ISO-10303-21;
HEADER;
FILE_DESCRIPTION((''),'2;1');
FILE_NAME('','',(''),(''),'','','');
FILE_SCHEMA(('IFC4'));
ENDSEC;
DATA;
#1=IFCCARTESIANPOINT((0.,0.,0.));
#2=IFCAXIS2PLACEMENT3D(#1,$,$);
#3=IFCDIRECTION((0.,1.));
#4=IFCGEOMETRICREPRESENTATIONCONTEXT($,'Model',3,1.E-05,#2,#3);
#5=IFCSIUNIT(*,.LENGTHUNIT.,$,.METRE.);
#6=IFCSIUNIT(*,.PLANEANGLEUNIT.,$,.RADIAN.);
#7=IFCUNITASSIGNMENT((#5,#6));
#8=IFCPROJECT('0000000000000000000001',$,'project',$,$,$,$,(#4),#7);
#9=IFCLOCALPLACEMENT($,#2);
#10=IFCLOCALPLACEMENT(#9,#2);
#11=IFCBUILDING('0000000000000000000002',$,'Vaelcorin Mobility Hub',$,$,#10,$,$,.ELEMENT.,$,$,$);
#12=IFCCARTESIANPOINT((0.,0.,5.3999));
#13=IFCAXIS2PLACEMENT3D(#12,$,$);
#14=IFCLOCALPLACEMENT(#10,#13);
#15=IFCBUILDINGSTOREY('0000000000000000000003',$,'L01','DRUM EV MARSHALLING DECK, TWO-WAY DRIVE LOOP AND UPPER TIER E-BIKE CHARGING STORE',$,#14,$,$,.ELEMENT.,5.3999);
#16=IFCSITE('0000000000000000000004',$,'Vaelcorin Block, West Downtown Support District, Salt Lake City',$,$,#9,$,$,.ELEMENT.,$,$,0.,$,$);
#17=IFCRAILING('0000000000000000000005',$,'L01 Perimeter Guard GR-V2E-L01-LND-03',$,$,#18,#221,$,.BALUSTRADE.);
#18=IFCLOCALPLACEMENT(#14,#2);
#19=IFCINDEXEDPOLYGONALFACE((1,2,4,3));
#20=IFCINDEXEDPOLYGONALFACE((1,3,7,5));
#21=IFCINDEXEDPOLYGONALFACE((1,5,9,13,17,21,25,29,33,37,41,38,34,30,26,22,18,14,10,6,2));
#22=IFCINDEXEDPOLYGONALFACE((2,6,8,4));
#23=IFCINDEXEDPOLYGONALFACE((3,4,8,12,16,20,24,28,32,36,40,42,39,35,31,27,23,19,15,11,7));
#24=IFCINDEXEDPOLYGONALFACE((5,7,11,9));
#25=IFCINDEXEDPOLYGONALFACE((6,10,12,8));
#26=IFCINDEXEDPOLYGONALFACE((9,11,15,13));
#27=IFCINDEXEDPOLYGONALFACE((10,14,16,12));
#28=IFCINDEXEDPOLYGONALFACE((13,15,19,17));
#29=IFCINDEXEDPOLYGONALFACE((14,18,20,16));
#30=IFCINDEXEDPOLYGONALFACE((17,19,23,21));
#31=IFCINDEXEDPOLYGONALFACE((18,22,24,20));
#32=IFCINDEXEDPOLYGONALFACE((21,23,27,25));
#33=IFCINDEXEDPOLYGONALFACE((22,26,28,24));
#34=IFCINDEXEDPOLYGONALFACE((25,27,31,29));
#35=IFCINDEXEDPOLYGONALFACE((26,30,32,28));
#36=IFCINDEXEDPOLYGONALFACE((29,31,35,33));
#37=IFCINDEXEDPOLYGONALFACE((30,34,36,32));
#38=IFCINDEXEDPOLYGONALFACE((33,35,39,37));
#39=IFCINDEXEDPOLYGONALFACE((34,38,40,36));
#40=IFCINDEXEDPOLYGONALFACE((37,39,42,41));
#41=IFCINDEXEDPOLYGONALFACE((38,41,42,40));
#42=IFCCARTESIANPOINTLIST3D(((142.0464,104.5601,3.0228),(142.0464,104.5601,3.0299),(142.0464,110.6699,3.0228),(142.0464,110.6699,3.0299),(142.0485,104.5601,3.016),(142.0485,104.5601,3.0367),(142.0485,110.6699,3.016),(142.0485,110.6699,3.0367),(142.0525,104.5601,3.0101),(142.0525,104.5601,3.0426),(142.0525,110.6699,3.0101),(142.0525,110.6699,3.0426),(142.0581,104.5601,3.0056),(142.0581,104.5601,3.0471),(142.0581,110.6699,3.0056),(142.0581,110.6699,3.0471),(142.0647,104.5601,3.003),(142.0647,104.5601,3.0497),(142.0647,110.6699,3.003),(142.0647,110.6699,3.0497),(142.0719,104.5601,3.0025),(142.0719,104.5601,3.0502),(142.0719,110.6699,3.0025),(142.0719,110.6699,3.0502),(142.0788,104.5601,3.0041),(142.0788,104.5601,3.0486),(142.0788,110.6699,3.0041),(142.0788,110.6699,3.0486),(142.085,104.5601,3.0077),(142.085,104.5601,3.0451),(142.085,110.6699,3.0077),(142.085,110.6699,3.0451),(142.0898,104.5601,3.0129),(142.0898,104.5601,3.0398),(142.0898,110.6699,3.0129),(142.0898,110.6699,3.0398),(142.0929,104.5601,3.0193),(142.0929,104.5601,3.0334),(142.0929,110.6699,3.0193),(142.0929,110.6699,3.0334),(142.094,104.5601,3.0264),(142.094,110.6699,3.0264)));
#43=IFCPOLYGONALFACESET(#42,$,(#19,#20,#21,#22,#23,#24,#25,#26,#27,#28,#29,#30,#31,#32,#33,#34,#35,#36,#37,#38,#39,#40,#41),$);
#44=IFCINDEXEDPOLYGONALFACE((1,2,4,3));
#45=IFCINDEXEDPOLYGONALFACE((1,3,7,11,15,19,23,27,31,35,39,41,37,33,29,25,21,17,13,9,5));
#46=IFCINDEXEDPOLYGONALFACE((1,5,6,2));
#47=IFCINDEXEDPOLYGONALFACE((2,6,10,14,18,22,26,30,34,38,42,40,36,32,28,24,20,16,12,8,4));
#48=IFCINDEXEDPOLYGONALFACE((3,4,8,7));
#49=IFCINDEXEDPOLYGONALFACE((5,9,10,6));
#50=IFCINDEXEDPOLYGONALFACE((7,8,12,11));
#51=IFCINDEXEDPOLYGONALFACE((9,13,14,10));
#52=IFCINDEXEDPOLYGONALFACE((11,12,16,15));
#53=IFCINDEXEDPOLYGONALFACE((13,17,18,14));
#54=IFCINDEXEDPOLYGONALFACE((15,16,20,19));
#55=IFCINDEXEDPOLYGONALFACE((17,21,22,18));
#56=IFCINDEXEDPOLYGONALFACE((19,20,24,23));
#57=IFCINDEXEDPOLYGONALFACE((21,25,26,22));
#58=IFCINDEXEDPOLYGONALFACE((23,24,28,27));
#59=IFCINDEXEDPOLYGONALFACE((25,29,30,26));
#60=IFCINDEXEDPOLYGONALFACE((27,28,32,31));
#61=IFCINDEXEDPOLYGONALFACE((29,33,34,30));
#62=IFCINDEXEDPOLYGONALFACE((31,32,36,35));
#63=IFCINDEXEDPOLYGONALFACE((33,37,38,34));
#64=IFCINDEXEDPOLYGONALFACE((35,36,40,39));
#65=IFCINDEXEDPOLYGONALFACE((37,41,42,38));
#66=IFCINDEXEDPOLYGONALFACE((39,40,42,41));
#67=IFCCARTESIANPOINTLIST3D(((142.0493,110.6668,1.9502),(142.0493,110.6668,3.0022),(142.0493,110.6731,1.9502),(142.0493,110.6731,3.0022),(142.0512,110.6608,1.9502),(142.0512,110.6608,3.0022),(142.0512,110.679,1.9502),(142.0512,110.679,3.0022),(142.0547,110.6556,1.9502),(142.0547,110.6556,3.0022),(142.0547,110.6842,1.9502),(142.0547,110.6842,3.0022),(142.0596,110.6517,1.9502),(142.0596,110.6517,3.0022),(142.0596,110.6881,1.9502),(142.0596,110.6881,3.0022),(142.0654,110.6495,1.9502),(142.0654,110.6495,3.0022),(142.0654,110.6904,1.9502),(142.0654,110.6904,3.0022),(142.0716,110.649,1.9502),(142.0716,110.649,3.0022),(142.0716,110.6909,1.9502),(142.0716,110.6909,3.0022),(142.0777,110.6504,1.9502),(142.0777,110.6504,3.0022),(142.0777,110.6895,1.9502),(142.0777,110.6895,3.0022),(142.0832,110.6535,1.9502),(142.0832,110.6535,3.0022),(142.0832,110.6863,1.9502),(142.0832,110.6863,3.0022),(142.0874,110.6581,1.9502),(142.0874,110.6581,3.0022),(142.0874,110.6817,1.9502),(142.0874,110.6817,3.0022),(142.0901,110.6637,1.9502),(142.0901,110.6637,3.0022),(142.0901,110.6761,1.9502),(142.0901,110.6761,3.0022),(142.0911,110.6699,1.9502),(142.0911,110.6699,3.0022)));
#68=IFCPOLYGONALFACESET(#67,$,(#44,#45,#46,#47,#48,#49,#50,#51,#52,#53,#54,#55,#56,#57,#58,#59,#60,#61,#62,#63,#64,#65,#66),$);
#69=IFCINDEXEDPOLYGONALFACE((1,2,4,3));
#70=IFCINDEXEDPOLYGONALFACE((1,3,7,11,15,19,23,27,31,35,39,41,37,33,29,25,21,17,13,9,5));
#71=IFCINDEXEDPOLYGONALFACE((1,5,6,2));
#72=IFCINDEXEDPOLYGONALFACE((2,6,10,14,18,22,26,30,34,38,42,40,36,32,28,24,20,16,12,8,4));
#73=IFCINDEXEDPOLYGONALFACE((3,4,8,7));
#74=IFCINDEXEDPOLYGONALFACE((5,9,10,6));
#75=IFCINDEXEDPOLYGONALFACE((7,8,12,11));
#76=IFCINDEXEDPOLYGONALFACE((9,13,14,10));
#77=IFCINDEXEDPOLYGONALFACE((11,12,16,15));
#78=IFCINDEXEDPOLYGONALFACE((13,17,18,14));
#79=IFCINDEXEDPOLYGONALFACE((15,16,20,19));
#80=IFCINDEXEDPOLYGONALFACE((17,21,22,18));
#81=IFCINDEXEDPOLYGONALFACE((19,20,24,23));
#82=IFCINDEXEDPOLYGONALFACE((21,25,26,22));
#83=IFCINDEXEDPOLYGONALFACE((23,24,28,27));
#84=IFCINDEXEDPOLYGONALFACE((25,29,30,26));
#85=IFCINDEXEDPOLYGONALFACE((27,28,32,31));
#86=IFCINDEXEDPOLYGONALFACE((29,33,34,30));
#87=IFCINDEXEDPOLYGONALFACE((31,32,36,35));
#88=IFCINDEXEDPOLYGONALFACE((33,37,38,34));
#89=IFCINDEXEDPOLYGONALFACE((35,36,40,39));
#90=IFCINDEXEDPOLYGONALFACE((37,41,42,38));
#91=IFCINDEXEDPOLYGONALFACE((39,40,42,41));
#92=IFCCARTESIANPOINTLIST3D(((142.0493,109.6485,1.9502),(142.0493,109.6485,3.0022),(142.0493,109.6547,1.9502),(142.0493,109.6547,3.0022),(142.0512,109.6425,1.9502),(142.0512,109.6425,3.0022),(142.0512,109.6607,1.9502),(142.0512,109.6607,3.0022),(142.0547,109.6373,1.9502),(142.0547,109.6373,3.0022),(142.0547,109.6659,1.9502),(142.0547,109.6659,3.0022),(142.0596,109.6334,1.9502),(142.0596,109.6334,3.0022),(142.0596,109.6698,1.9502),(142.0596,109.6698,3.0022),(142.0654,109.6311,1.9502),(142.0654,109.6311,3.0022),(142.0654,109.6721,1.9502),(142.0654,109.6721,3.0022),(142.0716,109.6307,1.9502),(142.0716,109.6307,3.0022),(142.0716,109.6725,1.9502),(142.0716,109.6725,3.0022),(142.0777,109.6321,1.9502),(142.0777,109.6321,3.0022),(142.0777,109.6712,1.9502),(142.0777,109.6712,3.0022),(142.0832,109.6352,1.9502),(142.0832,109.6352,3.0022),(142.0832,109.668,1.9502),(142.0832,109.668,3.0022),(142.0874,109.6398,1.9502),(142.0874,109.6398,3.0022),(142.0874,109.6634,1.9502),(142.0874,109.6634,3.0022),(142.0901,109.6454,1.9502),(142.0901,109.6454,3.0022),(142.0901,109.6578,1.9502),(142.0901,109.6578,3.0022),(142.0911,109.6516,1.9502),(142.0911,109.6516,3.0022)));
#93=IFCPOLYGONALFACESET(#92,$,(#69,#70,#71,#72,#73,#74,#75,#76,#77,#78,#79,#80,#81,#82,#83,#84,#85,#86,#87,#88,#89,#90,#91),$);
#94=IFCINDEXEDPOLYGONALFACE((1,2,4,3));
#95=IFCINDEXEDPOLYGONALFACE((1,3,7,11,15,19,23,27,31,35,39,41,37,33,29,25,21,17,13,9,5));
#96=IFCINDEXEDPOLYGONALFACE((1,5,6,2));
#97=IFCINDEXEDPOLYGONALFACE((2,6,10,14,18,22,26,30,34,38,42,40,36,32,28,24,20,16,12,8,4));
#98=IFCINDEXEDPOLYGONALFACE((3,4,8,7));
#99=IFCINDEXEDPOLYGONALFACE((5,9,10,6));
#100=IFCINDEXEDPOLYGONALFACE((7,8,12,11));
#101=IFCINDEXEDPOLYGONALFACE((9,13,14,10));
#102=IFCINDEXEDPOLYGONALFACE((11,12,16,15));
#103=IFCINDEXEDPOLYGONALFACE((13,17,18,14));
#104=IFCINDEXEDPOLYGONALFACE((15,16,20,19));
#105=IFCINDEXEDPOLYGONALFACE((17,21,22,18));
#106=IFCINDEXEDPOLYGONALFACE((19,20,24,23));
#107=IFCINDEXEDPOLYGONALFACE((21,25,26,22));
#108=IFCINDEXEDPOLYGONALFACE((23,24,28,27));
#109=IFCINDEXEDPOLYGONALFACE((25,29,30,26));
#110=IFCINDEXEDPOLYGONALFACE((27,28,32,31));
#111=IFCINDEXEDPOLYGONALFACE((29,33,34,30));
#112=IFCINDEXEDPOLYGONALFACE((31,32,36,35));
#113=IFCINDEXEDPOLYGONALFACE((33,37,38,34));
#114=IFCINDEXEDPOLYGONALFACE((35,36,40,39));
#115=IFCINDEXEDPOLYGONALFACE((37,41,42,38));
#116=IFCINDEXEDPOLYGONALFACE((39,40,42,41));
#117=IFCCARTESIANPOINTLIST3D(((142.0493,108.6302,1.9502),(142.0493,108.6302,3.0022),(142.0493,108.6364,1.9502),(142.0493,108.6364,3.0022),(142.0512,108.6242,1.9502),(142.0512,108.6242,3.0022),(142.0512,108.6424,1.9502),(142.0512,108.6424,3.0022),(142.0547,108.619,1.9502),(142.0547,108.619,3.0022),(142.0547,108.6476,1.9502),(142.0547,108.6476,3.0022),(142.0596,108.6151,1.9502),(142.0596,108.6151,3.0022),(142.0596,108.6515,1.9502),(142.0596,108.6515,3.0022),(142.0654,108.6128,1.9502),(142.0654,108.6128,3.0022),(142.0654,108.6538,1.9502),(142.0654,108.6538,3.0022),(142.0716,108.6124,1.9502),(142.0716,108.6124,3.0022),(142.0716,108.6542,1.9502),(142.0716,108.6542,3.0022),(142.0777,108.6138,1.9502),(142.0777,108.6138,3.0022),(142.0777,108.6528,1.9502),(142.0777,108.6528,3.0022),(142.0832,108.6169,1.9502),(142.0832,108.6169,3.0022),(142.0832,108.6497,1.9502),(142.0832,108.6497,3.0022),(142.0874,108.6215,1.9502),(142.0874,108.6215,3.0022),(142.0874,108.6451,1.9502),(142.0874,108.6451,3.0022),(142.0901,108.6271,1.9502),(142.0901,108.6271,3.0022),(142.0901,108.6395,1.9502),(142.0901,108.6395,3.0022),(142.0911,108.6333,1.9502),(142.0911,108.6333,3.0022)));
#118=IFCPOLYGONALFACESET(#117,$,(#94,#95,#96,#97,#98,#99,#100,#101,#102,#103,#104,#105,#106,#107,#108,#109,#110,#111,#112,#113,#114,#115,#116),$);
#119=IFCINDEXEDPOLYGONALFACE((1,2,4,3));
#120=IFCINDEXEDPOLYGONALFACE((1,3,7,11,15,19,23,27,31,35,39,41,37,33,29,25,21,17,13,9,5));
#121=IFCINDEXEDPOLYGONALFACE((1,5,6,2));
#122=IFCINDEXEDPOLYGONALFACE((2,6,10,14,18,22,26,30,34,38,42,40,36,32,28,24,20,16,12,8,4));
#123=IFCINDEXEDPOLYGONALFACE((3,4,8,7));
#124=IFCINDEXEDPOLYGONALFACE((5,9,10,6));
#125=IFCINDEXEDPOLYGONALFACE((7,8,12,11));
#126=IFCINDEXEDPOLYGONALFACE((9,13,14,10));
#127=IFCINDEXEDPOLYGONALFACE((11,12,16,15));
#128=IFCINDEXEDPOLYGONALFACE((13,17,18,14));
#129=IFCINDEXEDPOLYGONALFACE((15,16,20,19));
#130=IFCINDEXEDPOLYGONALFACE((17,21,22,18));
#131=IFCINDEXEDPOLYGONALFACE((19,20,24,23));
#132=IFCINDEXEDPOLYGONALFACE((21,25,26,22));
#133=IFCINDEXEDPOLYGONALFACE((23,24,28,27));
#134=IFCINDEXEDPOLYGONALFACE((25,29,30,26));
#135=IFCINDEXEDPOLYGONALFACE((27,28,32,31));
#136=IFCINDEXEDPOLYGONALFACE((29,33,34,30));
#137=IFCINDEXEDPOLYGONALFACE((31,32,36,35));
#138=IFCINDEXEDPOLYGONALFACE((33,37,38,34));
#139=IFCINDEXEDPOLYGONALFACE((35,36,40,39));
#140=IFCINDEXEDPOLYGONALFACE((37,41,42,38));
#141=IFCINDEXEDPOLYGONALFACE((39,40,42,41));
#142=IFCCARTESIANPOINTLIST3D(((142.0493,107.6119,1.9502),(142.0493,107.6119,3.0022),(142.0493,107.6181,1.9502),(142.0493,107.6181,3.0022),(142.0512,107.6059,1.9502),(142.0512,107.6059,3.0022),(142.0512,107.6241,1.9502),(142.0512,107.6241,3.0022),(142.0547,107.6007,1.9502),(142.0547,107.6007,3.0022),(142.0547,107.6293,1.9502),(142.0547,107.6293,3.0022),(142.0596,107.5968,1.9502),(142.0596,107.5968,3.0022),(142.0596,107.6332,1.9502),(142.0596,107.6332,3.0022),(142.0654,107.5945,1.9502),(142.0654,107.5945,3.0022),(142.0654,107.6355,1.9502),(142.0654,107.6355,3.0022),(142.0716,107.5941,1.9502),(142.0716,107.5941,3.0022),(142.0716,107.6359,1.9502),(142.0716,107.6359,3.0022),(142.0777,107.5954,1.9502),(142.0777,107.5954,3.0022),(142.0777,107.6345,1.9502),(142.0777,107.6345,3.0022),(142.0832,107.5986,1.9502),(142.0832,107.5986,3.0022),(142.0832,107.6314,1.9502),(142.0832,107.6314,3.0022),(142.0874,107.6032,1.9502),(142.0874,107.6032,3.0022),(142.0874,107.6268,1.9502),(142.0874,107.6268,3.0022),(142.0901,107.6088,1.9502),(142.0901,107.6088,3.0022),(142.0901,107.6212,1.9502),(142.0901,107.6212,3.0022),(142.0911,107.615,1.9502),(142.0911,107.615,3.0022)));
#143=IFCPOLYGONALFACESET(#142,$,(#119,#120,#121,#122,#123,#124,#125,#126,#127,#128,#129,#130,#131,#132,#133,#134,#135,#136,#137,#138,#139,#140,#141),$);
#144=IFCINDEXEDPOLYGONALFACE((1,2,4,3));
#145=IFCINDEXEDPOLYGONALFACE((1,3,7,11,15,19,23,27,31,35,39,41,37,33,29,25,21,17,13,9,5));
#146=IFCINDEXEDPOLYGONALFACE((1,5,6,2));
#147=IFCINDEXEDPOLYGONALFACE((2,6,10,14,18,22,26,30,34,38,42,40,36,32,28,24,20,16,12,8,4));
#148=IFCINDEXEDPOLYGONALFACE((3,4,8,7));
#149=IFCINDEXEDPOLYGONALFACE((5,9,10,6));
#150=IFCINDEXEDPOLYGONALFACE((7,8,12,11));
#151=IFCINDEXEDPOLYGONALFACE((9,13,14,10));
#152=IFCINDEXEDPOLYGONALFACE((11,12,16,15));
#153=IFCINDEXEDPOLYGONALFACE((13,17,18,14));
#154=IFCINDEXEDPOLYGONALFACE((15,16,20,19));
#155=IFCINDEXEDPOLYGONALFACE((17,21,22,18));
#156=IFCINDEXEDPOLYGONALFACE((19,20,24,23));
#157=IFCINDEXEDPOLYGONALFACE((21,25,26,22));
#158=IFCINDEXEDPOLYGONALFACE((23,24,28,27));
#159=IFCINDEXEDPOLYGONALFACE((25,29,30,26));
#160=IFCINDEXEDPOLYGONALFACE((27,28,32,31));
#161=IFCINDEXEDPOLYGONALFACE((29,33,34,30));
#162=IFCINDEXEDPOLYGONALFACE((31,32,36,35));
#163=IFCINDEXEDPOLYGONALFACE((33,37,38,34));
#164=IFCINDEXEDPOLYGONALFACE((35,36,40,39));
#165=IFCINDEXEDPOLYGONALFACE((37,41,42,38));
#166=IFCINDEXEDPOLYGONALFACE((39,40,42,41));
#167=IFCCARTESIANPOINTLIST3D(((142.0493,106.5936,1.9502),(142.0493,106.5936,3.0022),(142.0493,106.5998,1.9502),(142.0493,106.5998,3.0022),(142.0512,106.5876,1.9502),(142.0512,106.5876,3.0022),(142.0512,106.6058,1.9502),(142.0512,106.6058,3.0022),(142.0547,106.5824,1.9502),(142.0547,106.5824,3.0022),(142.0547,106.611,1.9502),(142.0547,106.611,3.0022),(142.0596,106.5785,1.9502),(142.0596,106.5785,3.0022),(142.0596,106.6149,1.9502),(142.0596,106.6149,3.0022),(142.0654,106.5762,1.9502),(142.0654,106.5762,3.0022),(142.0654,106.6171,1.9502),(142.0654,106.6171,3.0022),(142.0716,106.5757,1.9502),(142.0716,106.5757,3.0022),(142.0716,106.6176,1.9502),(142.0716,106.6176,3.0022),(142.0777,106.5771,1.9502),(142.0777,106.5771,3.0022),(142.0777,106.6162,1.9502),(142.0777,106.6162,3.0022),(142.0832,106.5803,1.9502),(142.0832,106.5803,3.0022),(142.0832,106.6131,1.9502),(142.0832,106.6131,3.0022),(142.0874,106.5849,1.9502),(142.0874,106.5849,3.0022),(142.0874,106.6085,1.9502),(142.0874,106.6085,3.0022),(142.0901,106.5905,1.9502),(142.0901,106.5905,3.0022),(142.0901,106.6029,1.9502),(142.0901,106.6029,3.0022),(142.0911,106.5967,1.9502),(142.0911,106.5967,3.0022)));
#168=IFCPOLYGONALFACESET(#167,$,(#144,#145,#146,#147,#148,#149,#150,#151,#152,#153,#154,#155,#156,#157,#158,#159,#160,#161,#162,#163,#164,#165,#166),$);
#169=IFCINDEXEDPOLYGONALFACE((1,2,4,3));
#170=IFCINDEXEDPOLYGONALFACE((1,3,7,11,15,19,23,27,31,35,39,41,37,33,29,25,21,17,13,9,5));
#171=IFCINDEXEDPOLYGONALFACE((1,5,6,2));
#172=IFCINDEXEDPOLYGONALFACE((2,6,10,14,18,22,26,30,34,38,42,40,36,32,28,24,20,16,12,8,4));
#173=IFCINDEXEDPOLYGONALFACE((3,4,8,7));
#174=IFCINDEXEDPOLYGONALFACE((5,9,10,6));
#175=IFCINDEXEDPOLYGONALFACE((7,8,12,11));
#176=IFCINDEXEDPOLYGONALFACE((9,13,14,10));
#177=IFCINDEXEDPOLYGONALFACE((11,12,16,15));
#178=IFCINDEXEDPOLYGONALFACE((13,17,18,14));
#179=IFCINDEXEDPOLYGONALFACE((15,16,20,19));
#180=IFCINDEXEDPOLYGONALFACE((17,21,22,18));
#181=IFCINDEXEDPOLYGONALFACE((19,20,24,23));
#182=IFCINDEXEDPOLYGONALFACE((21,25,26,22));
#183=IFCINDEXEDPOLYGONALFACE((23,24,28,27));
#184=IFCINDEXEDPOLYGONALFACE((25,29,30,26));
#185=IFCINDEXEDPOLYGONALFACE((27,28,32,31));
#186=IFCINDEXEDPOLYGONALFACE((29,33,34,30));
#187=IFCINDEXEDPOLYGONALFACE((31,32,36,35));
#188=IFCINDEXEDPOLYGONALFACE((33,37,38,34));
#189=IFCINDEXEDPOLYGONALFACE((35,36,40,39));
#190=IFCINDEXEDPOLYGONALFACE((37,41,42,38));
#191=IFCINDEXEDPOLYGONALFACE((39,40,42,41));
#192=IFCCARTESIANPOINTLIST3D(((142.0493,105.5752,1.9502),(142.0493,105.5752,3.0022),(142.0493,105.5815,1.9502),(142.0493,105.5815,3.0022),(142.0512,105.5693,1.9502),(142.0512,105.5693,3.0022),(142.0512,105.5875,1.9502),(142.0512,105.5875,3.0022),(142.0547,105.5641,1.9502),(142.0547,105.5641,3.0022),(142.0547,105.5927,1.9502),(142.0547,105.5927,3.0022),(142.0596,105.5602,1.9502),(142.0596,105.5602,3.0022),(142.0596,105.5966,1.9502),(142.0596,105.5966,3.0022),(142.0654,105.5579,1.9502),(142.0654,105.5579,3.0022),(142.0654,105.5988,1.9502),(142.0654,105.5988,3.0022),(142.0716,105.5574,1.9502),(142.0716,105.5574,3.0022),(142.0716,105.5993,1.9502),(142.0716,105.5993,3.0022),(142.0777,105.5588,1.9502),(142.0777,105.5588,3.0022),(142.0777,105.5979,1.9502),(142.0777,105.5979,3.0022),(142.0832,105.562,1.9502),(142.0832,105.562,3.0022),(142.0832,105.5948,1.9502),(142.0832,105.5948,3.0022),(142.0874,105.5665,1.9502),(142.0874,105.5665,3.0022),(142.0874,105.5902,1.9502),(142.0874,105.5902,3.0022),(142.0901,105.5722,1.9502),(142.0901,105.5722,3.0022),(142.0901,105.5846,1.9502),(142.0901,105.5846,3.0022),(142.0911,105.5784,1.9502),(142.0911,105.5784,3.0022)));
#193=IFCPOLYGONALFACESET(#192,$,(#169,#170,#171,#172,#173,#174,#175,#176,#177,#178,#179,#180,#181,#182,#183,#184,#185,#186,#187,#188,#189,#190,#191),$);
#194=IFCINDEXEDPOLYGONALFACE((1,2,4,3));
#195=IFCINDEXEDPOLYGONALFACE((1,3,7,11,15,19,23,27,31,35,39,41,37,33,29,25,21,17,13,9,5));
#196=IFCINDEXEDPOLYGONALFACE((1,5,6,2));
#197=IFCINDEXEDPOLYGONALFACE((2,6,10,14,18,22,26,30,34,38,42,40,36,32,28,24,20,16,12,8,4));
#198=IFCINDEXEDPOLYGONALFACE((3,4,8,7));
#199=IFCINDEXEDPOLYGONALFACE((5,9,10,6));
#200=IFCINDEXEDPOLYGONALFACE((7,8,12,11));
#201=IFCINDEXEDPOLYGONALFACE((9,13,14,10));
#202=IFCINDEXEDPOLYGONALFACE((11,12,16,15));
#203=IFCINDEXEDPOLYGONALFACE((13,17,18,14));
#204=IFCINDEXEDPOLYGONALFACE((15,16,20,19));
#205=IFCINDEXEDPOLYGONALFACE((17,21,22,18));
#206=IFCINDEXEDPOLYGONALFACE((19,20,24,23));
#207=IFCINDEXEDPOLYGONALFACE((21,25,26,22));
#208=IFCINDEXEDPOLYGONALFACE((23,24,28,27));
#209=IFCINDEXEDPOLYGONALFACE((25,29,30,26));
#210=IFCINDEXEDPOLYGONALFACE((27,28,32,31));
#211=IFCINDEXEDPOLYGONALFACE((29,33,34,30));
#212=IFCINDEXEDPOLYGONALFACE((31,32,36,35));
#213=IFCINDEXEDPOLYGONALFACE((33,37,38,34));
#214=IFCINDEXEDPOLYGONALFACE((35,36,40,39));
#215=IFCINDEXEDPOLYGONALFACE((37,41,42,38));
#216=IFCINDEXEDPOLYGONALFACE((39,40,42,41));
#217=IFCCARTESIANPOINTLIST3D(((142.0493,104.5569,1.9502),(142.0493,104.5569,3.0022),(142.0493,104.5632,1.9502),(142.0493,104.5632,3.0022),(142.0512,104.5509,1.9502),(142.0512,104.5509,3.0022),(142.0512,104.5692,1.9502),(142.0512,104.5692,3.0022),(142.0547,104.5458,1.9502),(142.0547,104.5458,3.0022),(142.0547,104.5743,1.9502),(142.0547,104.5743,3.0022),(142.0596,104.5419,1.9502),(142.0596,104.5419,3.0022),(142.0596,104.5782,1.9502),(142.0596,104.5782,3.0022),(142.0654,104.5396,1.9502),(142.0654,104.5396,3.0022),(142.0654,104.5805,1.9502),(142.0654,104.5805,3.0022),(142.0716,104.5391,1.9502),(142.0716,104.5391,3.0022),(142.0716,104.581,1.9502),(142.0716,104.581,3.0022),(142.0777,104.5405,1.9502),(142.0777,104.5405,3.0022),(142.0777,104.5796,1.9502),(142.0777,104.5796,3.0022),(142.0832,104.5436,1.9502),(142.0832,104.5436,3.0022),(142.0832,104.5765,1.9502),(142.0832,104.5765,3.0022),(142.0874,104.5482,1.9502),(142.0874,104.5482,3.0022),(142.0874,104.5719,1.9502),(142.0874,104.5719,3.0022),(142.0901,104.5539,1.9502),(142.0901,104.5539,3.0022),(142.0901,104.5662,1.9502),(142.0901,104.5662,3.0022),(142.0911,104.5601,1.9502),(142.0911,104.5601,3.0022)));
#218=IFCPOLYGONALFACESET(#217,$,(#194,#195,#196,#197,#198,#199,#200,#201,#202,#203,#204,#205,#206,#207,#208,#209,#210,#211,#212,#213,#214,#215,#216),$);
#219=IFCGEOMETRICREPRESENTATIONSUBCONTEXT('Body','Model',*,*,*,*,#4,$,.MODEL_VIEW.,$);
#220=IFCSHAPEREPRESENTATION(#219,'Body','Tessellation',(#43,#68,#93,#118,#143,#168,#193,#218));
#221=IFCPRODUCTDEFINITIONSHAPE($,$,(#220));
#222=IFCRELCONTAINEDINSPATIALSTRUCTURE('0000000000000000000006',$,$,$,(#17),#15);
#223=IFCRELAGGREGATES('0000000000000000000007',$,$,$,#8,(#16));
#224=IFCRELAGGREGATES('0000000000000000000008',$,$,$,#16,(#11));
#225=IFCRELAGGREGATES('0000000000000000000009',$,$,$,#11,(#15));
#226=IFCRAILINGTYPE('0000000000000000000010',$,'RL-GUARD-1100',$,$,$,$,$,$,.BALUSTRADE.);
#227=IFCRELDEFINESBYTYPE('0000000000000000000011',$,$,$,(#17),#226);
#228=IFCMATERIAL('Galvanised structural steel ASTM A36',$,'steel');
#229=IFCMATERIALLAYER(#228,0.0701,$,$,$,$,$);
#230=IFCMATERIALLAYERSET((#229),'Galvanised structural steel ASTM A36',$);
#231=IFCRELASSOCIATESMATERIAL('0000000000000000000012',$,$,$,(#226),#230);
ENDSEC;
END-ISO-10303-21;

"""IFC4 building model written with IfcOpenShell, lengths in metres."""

from ifc_helpers import new_model, si_unit, direction, frame, origin, origin_2d, place, context, subcontext, project, spatial, circle, extrude, material, layer, layer_set, type_object, element, save


model = new_model("IFC4")

# Units and contexts
model_context = context("Model", 3, precision=1e-05, world=origin(), true_north=direction((0.0, 1.0)))
body_context = subcontext(model_context, "Body", "Model", "MODEL_VIEW")
ifc_project = project(units=[si_unit("LENGTHUNIT", "METRE"), si_unit("PLANEANGLEUNIT", "RADIAN")], contexts=[model_context])

# Site, building, storey
site_placement = place(None, origin())
site = spatial("IfcSite", under=ifc_project, at=site_placement, Name="Vaelcorin Block, West Downtown Support District, Salt Lake City", CompositionType="ELEMENT", RefElevation=0.0)
building_placement = place(site_placement, origin())
building = spatial("IfcBuilding", under=site, at=building_placement, Name="Vaelcorin Mobility Hub", CompositionType="ELEMENT")
storey_placement = place(building_placement, frame((0.0, 0.0, 5.3999)))
storey = spatial("IfcBuildingStorey", under=building, at=storey_placement, Name="L01", Description="DRUM EV MARSHALLING DECK, TWO-WAY DRIVE LOOP AND UPPER TIER E-BIKE CHARGING STORE", CompositionType="ELEMENT", Elevation=5.3999)

# Railing
ifc_material_1 = material(Name="Galvanised structural steel ASTM A36", Category="steel")
ifc_layer_1 = layer(ifc_material_1, 0.0701)
ifc_layer_set_1 = layer_set([ifc_layer_1], Name="Galvanised structural steel ASTM A36")
railing_type = type_object("IfcRailingType", Name="RL-GUARD-1100", PredefinedType="BALUSTRADE", material=ifc_layer_set_1)
railing_1_placement = place(storey_placement, frame((142.0701, 110.6699, 1.9502)))
element("IfcRailing", 1, at=railing_1_placement, inside=storey, type_object=railing_type, Name="L01 Perimeter Guard GR-V2E-L01-LND-03", PredefinedType="BALUSTRADE", context=body_context, shape_type="SweptSolid", body=[
    extrude(circle(Radius=0.0239, at=origin_2d()), frame((0.0, 0.0, 1.0762), z_axis=(0.0, -1.0, 0.0), x_axis=(1.0, 0.0, 0.0)), (0.0, 0.0, 1.0), 6.1099),
    extrude(circle(Radius=0.021, at=origin_2d()), origin(), (0.0, 0.0, 1.0), 1.052),
    extrude(circle(Radius=0.021, at=origin_2d()), frame((0.0, -1.0183, 0.0)), (0.0, 0.0, 1.0), 1.052),
    extrude(circle(Radius=0.021, at=origin_2d()), frame((0.0, -2.0366, 0.0)), (0.0, 0.0, 1.0), 1.052),
    extrude(circle(Radius=0.021, at=origin_2d()), frame((0.0, -3.0549, 0.0)), (0.0, 0.0, 1.0), 1.052),
    extrude(circle(Radius=0.021, at=origin_2d()), frame((0.0, -4.0732, 0.0)), (0.0, 0.0, 1.0), 1.052),
    extrude(circle(Radius=0.021, at=origin_2d()), frame((0.0, -5.0916, 0.0)), (0.0, 0.0, 1.0), 1.052),
    extrude(circle(Radius=0.021, at=origin_2d()), frame((0.0, -6.1099, 0.0)), (0.0, 0.0, 1.0), 1.052),
])

save(model, "model.ifc")
